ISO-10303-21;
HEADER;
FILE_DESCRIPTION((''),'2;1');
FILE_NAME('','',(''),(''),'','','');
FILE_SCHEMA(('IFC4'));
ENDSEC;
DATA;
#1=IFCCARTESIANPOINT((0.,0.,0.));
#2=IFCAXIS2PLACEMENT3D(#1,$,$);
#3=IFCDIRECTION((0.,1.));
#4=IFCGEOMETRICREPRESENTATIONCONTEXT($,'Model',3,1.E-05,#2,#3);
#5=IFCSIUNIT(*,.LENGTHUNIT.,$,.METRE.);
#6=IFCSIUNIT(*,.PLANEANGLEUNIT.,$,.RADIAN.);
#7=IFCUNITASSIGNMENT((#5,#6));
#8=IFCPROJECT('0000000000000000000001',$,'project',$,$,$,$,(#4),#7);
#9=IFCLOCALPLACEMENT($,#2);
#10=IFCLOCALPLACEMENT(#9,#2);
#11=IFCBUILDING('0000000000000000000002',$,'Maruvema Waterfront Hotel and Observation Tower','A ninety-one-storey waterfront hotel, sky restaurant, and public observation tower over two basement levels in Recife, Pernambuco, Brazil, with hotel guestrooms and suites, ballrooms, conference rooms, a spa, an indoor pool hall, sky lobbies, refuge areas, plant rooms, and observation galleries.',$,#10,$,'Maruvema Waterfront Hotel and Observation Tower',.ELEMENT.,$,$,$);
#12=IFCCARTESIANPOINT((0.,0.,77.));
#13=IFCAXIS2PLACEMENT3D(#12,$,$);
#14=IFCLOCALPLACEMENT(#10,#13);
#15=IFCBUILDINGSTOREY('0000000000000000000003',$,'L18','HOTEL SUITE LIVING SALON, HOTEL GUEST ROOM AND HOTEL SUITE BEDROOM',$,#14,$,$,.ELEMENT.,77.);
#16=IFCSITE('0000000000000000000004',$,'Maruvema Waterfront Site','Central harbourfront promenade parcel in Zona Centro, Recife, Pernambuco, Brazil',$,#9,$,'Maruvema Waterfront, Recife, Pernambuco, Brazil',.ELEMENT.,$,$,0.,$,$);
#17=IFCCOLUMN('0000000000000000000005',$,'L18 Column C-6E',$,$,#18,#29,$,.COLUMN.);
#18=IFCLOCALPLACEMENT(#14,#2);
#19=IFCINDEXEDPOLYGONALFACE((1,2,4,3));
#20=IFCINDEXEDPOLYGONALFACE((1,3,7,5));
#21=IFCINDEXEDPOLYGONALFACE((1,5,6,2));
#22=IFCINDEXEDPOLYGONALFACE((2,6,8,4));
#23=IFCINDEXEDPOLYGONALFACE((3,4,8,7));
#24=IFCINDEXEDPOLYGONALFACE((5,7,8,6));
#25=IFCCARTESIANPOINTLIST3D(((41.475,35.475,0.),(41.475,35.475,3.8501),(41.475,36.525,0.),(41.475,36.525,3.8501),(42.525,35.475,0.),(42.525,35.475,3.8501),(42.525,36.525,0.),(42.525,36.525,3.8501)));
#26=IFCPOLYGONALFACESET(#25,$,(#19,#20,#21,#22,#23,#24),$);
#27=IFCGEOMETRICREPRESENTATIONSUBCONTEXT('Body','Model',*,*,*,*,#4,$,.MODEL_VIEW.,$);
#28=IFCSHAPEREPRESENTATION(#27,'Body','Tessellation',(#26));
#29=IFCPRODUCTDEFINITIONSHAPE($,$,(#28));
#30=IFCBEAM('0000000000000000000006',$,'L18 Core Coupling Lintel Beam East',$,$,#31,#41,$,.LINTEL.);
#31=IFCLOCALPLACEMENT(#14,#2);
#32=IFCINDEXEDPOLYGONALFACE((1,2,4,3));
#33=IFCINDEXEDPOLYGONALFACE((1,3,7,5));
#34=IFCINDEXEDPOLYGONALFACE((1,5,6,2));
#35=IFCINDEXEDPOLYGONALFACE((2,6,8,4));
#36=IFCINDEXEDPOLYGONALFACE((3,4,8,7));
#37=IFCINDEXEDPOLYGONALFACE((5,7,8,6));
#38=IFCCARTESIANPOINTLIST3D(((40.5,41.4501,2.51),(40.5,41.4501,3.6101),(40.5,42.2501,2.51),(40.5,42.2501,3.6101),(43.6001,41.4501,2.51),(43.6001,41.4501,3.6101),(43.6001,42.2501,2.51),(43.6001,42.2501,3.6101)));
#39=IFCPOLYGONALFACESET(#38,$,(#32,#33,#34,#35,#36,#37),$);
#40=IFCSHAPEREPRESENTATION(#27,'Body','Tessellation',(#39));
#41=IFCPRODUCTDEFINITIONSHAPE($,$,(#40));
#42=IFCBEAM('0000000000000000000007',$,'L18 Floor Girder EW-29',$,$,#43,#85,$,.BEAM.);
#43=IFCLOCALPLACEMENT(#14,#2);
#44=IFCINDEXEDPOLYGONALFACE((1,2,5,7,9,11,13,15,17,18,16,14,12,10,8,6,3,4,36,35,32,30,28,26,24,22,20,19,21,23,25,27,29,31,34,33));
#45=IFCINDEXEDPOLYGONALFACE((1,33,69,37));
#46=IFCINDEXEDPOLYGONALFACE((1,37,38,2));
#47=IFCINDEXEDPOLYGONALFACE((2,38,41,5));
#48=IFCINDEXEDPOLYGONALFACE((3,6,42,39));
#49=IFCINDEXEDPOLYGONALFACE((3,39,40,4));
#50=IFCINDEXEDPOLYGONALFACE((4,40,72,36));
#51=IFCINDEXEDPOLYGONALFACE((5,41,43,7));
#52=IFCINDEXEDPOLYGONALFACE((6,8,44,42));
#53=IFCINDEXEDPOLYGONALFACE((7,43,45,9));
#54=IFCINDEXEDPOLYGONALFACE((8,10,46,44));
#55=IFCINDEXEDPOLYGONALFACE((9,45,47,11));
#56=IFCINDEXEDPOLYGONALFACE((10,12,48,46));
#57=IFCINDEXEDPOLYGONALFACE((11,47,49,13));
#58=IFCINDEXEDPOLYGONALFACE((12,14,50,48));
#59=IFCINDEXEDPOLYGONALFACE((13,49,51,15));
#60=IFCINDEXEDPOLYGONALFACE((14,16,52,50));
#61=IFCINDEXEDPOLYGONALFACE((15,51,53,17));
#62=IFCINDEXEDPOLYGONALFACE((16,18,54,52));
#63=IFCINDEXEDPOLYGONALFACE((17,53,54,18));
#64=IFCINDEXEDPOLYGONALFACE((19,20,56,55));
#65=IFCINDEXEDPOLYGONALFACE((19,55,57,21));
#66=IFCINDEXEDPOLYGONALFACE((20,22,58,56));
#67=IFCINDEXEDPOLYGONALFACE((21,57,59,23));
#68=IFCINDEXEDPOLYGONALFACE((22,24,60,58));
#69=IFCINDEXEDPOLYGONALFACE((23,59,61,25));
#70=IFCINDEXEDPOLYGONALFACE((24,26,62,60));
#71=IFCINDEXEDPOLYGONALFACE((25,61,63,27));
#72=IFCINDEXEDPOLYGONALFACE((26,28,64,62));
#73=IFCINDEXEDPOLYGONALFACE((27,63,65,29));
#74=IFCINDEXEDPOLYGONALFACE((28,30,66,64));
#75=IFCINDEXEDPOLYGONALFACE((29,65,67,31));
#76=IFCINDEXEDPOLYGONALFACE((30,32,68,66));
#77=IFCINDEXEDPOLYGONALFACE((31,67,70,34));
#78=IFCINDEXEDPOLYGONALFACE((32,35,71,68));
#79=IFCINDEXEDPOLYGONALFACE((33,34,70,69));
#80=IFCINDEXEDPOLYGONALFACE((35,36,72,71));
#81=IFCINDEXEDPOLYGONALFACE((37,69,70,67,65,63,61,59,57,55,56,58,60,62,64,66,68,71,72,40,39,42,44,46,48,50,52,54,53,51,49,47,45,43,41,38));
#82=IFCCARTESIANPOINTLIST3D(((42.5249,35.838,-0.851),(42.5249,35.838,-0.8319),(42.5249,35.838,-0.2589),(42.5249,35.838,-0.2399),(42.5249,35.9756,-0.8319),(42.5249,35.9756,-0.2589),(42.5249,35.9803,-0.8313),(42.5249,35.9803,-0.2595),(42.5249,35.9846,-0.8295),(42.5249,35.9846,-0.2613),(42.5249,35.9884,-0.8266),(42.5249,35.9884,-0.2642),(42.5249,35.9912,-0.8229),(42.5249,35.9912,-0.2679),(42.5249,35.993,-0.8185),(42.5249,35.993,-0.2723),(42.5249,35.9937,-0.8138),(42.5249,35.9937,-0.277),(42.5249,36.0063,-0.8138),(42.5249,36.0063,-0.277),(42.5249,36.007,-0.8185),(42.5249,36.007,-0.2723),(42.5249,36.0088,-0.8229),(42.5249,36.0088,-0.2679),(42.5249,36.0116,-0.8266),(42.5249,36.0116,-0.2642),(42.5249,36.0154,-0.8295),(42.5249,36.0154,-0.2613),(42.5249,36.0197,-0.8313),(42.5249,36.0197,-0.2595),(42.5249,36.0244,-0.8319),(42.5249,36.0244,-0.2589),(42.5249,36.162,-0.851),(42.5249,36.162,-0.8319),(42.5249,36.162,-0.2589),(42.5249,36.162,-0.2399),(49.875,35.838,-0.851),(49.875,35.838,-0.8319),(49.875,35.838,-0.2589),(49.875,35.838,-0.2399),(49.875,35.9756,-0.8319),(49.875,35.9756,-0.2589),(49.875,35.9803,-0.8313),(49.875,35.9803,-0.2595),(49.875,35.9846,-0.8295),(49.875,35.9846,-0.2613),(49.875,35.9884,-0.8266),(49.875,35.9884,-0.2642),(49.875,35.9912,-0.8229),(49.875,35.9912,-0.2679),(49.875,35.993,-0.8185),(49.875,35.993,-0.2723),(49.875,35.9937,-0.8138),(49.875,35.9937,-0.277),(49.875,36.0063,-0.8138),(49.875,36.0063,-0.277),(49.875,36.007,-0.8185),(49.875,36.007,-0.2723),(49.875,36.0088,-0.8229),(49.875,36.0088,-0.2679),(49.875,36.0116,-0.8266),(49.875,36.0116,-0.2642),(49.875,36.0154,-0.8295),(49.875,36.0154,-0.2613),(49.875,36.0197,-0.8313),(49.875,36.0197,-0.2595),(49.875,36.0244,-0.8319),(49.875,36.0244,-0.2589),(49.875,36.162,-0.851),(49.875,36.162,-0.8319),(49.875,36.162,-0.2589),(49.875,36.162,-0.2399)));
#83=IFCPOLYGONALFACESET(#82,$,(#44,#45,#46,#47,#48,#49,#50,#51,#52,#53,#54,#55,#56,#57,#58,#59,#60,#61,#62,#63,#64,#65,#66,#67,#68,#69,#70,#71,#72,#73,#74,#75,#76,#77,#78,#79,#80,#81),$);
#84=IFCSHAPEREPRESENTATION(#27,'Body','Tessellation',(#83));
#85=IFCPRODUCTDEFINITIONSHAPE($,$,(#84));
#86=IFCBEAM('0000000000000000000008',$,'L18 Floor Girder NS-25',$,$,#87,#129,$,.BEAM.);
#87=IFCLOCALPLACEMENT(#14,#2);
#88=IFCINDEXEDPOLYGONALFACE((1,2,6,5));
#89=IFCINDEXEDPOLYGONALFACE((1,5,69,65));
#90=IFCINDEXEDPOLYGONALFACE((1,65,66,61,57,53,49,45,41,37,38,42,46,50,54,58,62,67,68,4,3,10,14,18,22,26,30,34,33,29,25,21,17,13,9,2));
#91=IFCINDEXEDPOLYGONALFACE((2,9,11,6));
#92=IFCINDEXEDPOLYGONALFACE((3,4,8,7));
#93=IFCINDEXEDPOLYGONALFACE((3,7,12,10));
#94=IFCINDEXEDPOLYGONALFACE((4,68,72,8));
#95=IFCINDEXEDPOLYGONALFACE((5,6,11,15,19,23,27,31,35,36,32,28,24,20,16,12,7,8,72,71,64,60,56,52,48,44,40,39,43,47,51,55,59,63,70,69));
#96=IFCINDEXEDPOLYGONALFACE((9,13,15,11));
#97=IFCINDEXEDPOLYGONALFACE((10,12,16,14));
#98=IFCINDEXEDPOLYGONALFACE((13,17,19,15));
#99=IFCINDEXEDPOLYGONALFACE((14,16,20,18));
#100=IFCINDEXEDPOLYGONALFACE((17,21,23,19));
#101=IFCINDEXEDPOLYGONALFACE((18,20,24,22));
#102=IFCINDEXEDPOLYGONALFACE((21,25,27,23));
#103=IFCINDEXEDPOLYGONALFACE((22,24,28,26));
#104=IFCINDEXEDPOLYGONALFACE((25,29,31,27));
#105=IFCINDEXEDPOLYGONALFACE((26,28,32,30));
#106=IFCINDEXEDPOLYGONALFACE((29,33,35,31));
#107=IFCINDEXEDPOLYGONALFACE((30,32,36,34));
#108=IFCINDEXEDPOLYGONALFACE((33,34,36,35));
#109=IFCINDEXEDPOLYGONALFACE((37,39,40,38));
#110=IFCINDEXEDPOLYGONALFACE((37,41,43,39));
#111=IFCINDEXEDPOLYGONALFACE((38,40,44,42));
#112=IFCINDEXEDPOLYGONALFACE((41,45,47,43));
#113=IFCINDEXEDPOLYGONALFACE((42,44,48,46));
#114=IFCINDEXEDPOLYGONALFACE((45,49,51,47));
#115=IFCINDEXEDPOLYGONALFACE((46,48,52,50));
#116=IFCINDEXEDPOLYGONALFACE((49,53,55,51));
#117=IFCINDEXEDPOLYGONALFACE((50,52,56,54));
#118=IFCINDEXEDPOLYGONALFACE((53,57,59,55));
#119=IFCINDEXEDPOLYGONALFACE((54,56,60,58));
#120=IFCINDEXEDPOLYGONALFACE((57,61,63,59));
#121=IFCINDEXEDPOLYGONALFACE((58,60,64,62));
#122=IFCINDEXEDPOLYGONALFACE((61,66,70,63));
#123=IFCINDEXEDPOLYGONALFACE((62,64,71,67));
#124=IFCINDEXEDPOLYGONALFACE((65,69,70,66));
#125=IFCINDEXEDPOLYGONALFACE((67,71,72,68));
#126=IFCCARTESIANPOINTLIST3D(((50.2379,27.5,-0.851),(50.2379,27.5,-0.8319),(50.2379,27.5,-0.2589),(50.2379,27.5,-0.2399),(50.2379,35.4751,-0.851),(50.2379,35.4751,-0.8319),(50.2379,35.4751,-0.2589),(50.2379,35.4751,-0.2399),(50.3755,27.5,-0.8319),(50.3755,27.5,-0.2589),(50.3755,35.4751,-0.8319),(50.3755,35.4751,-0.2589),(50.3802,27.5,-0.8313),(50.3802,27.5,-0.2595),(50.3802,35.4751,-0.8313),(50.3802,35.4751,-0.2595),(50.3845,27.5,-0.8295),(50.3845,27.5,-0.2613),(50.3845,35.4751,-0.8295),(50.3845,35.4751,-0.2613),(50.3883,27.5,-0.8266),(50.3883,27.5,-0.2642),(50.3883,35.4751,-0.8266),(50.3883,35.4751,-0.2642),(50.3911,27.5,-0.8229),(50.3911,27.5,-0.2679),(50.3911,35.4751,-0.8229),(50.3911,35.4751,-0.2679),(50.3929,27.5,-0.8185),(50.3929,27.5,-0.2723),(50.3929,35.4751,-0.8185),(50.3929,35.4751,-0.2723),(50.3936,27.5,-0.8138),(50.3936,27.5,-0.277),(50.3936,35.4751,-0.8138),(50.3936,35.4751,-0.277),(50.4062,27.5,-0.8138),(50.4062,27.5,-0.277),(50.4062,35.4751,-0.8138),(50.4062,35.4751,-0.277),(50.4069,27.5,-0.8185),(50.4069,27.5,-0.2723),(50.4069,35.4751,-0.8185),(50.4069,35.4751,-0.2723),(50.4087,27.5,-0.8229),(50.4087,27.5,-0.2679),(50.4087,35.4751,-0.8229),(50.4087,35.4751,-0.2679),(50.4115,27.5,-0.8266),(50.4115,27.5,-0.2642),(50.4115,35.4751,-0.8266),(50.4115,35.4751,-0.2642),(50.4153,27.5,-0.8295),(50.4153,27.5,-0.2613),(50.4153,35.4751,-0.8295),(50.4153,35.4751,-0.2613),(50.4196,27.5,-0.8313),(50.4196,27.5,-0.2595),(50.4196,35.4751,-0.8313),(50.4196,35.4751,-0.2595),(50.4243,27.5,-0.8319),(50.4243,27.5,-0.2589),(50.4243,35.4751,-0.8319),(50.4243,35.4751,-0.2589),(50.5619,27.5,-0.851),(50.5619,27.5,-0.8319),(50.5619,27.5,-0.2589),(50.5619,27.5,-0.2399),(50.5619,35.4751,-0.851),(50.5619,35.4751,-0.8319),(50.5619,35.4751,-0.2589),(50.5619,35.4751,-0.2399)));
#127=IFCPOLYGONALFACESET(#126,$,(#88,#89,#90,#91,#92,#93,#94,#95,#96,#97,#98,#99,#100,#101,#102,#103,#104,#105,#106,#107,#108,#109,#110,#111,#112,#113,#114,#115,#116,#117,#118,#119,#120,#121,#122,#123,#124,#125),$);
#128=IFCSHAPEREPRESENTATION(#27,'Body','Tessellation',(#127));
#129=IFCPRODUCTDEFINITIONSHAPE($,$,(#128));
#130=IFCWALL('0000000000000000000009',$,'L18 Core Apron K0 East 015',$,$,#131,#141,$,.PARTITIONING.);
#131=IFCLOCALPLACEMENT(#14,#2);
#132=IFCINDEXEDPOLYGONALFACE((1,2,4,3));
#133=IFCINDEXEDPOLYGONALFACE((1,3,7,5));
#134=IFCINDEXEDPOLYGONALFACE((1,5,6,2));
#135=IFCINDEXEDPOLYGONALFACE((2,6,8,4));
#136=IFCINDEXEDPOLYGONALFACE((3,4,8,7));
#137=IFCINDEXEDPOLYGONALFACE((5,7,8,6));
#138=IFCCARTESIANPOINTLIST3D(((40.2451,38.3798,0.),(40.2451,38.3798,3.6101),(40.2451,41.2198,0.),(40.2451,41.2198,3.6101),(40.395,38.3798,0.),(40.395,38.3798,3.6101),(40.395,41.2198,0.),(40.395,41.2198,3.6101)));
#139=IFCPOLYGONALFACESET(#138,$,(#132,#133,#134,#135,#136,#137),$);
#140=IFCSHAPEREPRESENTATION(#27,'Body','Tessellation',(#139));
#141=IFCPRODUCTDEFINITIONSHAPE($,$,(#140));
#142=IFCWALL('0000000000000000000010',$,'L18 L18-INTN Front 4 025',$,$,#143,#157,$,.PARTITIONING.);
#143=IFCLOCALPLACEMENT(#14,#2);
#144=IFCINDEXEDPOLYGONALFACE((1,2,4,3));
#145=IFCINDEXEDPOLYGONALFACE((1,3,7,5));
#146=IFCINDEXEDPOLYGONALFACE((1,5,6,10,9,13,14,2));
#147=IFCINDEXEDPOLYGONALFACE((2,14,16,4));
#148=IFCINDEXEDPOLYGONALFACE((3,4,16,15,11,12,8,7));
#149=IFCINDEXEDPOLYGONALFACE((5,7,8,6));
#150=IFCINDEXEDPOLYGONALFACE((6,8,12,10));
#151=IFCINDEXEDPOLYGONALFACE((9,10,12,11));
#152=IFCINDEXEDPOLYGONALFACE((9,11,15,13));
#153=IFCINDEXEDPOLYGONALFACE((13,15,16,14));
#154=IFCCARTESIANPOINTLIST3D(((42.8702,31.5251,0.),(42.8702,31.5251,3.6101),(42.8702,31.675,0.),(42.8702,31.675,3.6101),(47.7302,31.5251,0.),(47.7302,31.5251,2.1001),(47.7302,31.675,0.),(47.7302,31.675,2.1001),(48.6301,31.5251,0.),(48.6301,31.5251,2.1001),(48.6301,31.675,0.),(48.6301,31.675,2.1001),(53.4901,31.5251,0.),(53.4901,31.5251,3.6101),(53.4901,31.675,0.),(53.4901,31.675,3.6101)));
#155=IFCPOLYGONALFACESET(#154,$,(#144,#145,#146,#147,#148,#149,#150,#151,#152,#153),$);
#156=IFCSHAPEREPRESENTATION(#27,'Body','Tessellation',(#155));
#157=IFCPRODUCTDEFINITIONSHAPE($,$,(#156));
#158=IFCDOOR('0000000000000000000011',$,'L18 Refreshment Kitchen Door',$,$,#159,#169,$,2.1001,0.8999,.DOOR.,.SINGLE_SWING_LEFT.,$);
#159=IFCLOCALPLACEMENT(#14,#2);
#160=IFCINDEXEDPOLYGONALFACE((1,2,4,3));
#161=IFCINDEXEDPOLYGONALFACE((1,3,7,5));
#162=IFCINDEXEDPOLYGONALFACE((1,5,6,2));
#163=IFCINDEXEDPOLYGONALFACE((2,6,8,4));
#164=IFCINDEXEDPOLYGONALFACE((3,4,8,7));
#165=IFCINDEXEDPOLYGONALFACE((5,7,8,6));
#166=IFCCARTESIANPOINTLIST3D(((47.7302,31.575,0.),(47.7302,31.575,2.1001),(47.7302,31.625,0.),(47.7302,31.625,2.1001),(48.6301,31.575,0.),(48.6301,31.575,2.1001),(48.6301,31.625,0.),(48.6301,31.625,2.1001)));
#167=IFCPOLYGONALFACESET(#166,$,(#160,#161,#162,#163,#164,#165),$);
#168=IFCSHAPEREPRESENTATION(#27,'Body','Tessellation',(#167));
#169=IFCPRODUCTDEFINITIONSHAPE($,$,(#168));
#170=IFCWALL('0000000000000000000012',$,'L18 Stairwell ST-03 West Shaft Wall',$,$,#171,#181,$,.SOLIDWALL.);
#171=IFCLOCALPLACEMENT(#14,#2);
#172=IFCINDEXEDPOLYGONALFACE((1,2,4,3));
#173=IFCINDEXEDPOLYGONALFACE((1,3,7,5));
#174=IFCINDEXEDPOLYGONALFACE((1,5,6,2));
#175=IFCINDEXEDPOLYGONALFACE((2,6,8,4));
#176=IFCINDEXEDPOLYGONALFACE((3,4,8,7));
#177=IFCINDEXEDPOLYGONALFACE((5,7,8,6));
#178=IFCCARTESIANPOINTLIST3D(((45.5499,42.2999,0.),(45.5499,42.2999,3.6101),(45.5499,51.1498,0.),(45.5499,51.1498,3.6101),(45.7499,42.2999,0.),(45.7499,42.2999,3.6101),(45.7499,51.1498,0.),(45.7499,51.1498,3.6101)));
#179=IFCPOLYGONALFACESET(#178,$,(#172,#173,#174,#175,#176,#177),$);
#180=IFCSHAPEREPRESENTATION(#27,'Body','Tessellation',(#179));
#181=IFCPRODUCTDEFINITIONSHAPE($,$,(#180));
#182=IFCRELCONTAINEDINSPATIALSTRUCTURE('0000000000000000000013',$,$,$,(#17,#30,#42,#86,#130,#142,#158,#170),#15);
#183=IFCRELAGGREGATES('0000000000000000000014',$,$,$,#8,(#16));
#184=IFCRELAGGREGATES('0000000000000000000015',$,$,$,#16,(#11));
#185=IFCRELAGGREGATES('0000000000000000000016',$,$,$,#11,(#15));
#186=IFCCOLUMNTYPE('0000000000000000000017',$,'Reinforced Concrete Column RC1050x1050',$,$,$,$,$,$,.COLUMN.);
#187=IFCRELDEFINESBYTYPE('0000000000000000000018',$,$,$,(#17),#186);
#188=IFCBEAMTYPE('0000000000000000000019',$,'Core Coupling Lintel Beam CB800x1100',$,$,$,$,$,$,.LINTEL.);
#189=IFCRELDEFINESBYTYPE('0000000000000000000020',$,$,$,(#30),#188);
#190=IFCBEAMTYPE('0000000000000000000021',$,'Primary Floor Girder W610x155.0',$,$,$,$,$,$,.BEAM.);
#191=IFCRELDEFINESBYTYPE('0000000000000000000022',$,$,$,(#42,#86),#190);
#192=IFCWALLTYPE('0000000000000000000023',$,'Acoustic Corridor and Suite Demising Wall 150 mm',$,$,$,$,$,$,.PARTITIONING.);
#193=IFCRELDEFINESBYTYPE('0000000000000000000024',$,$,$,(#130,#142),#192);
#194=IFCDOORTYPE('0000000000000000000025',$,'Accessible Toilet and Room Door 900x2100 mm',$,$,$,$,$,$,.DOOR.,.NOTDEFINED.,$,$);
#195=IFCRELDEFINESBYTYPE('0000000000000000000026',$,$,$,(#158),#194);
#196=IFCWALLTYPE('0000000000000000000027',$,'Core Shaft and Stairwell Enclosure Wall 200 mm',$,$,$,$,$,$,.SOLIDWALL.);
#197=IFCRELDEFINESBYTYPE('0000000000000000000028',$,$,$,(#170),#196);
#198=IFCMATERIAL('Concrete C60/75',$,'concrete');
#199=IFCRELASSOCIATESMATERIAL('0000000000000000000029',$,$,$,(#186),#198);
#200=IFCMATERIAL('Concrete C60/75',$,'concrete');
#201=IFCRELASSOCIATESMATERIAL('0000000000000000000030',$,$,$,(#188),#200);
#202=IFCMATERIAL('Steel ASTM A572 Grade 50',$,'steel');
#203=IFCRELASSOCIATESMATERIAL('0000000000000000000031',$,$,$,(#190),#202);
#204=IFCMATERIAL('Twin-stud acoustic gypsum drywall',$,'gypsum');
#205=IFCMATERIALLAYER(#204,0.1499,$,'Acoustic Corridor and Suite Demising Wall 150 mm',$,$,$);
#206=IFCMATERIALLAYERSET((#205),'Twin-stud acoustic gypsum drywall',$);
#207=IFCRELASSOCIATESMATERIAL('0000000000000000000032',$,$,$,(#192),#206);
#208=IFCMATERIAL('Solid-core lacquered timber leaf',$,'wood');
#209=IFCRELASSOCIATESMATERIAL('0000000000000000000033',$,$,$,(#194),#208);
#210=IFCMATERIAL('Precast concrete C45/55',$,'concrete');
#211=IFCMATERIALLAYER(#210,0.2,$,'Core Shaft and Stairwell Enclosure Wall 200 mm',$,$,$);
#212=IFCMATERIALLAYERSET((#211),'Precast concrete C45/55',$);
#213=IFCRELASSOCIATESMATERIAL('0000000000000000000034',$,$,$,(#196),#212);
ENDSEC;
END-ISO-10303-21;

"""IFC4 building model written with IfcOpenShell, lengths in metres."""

from ifc_helpers import new_model, si_unit, direction, frame, frame_2d, origin, origin_2d, place, context, subcontext, project, spatial, rectangle, i_section, extrude, material, layer, layer_set, material_profile, profile_set, type_object, element, fill, save


model = new_model("IFC4")

# Units and contexts
model_context = context("Model", 3, precision=1e-05, world=origin(), true_north=direction((0.0, 1.0)))
body_context = subcontext(model_context, "Body", "Model", "MODEL_VIEW")
ifc_project = project(units=[si_unit("LENGTHUNIT", "METRE"), si_unit("PLANEANGLEUNIT", "RADIAN")], contexts=[model_context])

# Site, building, storey
site_placement = place(None, origin())
site = spatial("IfcSite", under=ifc_project, at=site_placement, Name="Maruvema Waterfront Site", Description="Central harbourfront promenade parcel in Zona Centro, Recife, Pernambuco, Brazil", LongName="Maruvema Waterfront, Recife, Pernambuco, Brazil", CompositionType="ELEMENT", RefElevation=0.0)
building_placement = place(site_placement, origin())
building = spatial("IfcBuilding", under=site, at=building_placement, Name="Maruvema Waterfront Hotel and Observation Tower", Description="A ninety-one-storey waterfront hotel, sky restaurant, and public observation tower over two basement levels in Recife, Pernambuco, Brazil, with hotel guestrooms and suites, ballrooms, conference rooms, a spa, an indoor pool hall, sky lobbies, refuge areas, plant rooms, and observation galleries.", LongName="Maruvema Waterfront Hotel and Observation Tower", CompositionType="ELEMENT")
storey_placement = place(building_placement, frame((0.0, 0.0, 77.0)))
storey = spatial("IfcBuildingStorey", under=building, at=storey_placement, Name="L18", Description="HOTEL SUITE LIVING SALON, HOTEL GUEST ROOM AND HOTEL SUITE BEDROOM", CompositionType="ELEMENT", Elevation=77.0)

# Column
ifc_material_1 = material(Name="Concrete C60/75", Category="concrete")
ifc_material_profile_1 = material_profile(ifc_material_1, rectangle(XDim=1.05, YDim=1.05, at=origin_2d()), Name="RC1050x1050")
ifc_profile_set_1 = profile_set([ifc_material_profile_1], Name="Concrete C60/75")
column_type = type_object("IfcColumnType", Name="Reinforced Concrete Column RC1050x1050", PredefinedType="COLUMN", material=ifc_profile_set_1)
column_placement = place(storey_placement, frame((42.0, 36.0, 0.0), z_axis=(0.0, 0.0, 1.0), x_axis=(1.0, 0.0, 0.0)))
element("IfcColumn", 1, at=column_placement, inside=storey, type_object=column_type, Name="L18 Column C-6E", PredefinedType="COLUMN", context=body_context, shape_type="SweptSolid", body=[
    extrude(rectangle(XDim=1.05, YDim=1.05, at=origin_2d()), origin(), (0.0, 0.0, 1.0), 3.8501),
])

# Beams
ifc_material_2 = material(Name="Concrete C60/75", Category="concrete")
ifc_material_profile_2 = material_profile(ifc_material_2, rectangle(XDim=0.8, YDim=1.1001, at=origin_2d()), Name="CB800x1100")
ifc_profile_set_2 = profile_set([ifc_material_profile_2], Name="Concrete C60/75")
beam_type_1 = type_object("IfcBeamType", Name="Core Coupling Lintel Beam CB800x1100", PredefinedType="LINTEL", material=ifc_profile_set_2)
beam_1_placement = place(storey_placement, frame((40.5, 41.8501, 3.0601), z_axis=(1.0, 0.0, 0.0), x_axis=(0.0, 1.0, 0.0)))
element("IfcBeam", 2, at=beam_1_placement, inside=storey, type_object=beam_type_1, Name="L18 Core Coupling Lintel Beam East", PredefinedType="LINTEL", context=body_context, shape_type="SweptSolid", body=[
    extrude(rectangle(XDim=0.8, YDim=1.1001, at=origin_2d()), origin(), (0.0, 0.0, 1.0), 3.1001),
])
ifc_material_3 = material(Name="Steel ASTM A572 Grade 50", Category="steel")
ifc_material_profile_3 = material_profile(ifc_material_3, i_section(OverallWidth=0.324, OverallDepth=0.6111, WebThickness=0.0127, FlangeThickness=0.019, FilletRadius=0.0181, at=origin_2d()), Name="W610x155.0")
ifc_profile_set_3 = profile_set([ifc_material_profile_3], Name="Steel ASTM A572 Grade 50")
beam_type_2 = type_object("IfcBeamType", Name="Primary Floor Girder W610x155.0", PredefinedType="BEAM", material=ifc_profile_set_3)
beam_2_placement = place(storey_placement, frame((42.5249, 36.0, -0.5454), z_axis=(1.0, 0.0, 0.0), x_axis=(0.0, 1.0, 0.0)))
element("IfcBeam", 3, at=beam_2_placement, inside=storey, type_object=beam_type_2, Name="L18 Floor Girder EW-29", PredefinedType="BEAM", context=body_context, shape_type="SweptSolid", body=[
    extrude(i_section(OverallWidth=0.324, OverallDepth=0.6111, WebThickness=0.0127, FlangeThickness=0.019, FilletRadius=0.0181, at=origin_2d()), origin(), (0.0, 0.0, 1.0), 7.3501),
])
beam_3_placement = place(storey_placement, frame((50.3999, 27.5, -0.5454), z_axis=(0.0, 1.0, 0.0), x_axis=(-1.0, 0.0, 0.0)))
element("IfcBeam", 4, at=beam_3_placement, inside=storey, type_object=beam_type_2, Name="L18 Floor Girder NS-25", PredefinedType="BEAM", context=body_context, shape_type="SweptSolid", body=[
    extrude(i_section(OverallWidth=0.324, OverallDepth=0.6111, WebThickness=0.0127, FlangeThickness=0.019, FilletRadius=0.0181, at=origin_2d()), origin(), (0.0, 0.0, 1.0), 7.9751),
])

# Wall
ifc_material_4 = material(Name="Twin-stud acoustic gypsum drywall", Category="gypsum")
ifc_layer_1 = layer(ifc_material_4, 0.1499, Name="Acoustic Corridor and Suite Demising Wall 150 mm")
ifc_layer_set_1 = layer_set([ifc_layer_1], Name="Twin-stud acoustic gypsum drywall")
wall_type_1 = type_object("IfcWallType", Name="Acoustic Corridor and Suite Demising Wall 150 mm", PredefinedType="PARTITIONING", material=ifc_layer_set_1)
wall_1_placement = place(storey_placement, frame((40.3201, 38.3799, 0.0), z_axis=(0.0, 0.0, 1.0), x_axis=(0.0, 1.0, 0.0)))
element("IfcWall", 5, at=wall_1_placement, inside=storey, type_object=wall_type_1, Name="L18 Core Apron K0 East 015", PredefinedType="PARTITIONING", context=body_context, shape_type="SweptSolid", body=[
    extrude(rectangle(XDim=2.8401, YDim=0.1499, at=frame_2d((1.4199, 0.0))), origin(), (0.0, 0.0, 1.0), 3.6101),
])

# Wall, opening, door
wall_2_placement = place(storey_placement, frame((42.8701, 31.6001, 0.0), z_axis=(0.0, 0.0, 1.0), x_axis=(1.0, 0.0, 0.0)))
wall_2 = element("IfcWall", 6, at=wall_2_placement, inside=storey, type_object=wall_type_1, Name="L18 L18-INTN Front 4 025", PredefinedType="PARTITIONING", context=body_context, shape_type="SweptSolid", body=[
    extrude(rectangle(XDim=10.6199, YDim=0.1499, at=frame_2d((5.3101, 0.0))), origin(), (0.0, 0.0, 1.0), 3.6101),
])
opening_1_placement = place(wall_2_placement, frame((4.8601, 0.0, 0.0)))
opening_1 = element("IfcOpeningElement", 7, at=opening_1_placement, cuts=wall_2, PredefinedType="OPENING", context=body_context, shape_type="SweptSolid", body=[
    extrude(rectangle(XDim=0.8999, YDim=2.1001, at=frame_2d((0.45, 1.05))), frame((0.0, 0.085, 0.0), z_axis=(0.0, -1.0, 0.0), x_axis=(1.0, 0.0, 0.0)), (0.0, 0.0, 1.0), 0.1699),
])
ifc_material_5 = material(Name="Solid-core lacquered timber leaf", Category="wood")
door_type_1 = type_object("IfcDoorType", Name="Accessible Toilet and Room Door 900x2100 mm", OperationType="NOTDEFINED", PredefinedType="DOOR", material=ifc_material_5)
door_1_placement = place(opening_1_placement, origin())
door_1 = element("IfcDoor", 8, at=door_1_placement, inside=storey, type_object=door_type_1, Name="L18 Refreshment Kitchen Door", OperationType="SINGLE_SWING_LEFT", OverallHeight=2.1001, OverallWidth=0.8999, PredefinedType="DOOR", context=body_context, shape_type="SweptSolid", body=[
    extrude(rectangle(XDim=0.8999, YDim=2.1001, at=frame_2d((0.45, 1.05))), frame((0.0, 0.0249, 0.0), z_axis=(0.0, -1.0, 0.0), x_axis=(1.0, 0.0, 0.0)), (0.0, 0.0, 1.0), 0.05),
])
fill(opening_1, door_1)

# Wall
ifc_material_6 = material(Name="Precast concrete C45/55", Category="concrete")
ifc_layer_2 = layer(ifc_material_6, 0.2, Name="Core Shaft and Stairwell Enclosure Wall 200 mm")
ifc_layer_set_2 = layer_set([ifc_layer_2], Name="Precast concrete C45/55")
wall_type_2 = type_object("IfcWallType", Name="Core Shaft and Stairwell Enclosure Wall 200 mm", PredefinedType="SOLIDWALL", material=ifc_layer_set_2)
wall_3_placement = place(storey_placement, frame((45.6499, 42.3, 0.0), z_axis=(0.0, 0.0, 1.0), x_axis=(0.0, 1.0, 0.0)))
element("IfcWall", 9, at=wall_3_placement, inside=storey, type_object=wall_type_2, Name="L18 Stairwell ST-03 West Shaft Wall", PredefinedType="SOLIDWALL", context=body_context, shape_type="SweptSolid", body=[
    extrude(rectangle(XDim=8.8499, YDim=0.2, at=frame_2d((4.4248, 0.0))), origin(), (0.0, 0.0, 1.0), 3.6101),
])

save(model, "model.ifc")
